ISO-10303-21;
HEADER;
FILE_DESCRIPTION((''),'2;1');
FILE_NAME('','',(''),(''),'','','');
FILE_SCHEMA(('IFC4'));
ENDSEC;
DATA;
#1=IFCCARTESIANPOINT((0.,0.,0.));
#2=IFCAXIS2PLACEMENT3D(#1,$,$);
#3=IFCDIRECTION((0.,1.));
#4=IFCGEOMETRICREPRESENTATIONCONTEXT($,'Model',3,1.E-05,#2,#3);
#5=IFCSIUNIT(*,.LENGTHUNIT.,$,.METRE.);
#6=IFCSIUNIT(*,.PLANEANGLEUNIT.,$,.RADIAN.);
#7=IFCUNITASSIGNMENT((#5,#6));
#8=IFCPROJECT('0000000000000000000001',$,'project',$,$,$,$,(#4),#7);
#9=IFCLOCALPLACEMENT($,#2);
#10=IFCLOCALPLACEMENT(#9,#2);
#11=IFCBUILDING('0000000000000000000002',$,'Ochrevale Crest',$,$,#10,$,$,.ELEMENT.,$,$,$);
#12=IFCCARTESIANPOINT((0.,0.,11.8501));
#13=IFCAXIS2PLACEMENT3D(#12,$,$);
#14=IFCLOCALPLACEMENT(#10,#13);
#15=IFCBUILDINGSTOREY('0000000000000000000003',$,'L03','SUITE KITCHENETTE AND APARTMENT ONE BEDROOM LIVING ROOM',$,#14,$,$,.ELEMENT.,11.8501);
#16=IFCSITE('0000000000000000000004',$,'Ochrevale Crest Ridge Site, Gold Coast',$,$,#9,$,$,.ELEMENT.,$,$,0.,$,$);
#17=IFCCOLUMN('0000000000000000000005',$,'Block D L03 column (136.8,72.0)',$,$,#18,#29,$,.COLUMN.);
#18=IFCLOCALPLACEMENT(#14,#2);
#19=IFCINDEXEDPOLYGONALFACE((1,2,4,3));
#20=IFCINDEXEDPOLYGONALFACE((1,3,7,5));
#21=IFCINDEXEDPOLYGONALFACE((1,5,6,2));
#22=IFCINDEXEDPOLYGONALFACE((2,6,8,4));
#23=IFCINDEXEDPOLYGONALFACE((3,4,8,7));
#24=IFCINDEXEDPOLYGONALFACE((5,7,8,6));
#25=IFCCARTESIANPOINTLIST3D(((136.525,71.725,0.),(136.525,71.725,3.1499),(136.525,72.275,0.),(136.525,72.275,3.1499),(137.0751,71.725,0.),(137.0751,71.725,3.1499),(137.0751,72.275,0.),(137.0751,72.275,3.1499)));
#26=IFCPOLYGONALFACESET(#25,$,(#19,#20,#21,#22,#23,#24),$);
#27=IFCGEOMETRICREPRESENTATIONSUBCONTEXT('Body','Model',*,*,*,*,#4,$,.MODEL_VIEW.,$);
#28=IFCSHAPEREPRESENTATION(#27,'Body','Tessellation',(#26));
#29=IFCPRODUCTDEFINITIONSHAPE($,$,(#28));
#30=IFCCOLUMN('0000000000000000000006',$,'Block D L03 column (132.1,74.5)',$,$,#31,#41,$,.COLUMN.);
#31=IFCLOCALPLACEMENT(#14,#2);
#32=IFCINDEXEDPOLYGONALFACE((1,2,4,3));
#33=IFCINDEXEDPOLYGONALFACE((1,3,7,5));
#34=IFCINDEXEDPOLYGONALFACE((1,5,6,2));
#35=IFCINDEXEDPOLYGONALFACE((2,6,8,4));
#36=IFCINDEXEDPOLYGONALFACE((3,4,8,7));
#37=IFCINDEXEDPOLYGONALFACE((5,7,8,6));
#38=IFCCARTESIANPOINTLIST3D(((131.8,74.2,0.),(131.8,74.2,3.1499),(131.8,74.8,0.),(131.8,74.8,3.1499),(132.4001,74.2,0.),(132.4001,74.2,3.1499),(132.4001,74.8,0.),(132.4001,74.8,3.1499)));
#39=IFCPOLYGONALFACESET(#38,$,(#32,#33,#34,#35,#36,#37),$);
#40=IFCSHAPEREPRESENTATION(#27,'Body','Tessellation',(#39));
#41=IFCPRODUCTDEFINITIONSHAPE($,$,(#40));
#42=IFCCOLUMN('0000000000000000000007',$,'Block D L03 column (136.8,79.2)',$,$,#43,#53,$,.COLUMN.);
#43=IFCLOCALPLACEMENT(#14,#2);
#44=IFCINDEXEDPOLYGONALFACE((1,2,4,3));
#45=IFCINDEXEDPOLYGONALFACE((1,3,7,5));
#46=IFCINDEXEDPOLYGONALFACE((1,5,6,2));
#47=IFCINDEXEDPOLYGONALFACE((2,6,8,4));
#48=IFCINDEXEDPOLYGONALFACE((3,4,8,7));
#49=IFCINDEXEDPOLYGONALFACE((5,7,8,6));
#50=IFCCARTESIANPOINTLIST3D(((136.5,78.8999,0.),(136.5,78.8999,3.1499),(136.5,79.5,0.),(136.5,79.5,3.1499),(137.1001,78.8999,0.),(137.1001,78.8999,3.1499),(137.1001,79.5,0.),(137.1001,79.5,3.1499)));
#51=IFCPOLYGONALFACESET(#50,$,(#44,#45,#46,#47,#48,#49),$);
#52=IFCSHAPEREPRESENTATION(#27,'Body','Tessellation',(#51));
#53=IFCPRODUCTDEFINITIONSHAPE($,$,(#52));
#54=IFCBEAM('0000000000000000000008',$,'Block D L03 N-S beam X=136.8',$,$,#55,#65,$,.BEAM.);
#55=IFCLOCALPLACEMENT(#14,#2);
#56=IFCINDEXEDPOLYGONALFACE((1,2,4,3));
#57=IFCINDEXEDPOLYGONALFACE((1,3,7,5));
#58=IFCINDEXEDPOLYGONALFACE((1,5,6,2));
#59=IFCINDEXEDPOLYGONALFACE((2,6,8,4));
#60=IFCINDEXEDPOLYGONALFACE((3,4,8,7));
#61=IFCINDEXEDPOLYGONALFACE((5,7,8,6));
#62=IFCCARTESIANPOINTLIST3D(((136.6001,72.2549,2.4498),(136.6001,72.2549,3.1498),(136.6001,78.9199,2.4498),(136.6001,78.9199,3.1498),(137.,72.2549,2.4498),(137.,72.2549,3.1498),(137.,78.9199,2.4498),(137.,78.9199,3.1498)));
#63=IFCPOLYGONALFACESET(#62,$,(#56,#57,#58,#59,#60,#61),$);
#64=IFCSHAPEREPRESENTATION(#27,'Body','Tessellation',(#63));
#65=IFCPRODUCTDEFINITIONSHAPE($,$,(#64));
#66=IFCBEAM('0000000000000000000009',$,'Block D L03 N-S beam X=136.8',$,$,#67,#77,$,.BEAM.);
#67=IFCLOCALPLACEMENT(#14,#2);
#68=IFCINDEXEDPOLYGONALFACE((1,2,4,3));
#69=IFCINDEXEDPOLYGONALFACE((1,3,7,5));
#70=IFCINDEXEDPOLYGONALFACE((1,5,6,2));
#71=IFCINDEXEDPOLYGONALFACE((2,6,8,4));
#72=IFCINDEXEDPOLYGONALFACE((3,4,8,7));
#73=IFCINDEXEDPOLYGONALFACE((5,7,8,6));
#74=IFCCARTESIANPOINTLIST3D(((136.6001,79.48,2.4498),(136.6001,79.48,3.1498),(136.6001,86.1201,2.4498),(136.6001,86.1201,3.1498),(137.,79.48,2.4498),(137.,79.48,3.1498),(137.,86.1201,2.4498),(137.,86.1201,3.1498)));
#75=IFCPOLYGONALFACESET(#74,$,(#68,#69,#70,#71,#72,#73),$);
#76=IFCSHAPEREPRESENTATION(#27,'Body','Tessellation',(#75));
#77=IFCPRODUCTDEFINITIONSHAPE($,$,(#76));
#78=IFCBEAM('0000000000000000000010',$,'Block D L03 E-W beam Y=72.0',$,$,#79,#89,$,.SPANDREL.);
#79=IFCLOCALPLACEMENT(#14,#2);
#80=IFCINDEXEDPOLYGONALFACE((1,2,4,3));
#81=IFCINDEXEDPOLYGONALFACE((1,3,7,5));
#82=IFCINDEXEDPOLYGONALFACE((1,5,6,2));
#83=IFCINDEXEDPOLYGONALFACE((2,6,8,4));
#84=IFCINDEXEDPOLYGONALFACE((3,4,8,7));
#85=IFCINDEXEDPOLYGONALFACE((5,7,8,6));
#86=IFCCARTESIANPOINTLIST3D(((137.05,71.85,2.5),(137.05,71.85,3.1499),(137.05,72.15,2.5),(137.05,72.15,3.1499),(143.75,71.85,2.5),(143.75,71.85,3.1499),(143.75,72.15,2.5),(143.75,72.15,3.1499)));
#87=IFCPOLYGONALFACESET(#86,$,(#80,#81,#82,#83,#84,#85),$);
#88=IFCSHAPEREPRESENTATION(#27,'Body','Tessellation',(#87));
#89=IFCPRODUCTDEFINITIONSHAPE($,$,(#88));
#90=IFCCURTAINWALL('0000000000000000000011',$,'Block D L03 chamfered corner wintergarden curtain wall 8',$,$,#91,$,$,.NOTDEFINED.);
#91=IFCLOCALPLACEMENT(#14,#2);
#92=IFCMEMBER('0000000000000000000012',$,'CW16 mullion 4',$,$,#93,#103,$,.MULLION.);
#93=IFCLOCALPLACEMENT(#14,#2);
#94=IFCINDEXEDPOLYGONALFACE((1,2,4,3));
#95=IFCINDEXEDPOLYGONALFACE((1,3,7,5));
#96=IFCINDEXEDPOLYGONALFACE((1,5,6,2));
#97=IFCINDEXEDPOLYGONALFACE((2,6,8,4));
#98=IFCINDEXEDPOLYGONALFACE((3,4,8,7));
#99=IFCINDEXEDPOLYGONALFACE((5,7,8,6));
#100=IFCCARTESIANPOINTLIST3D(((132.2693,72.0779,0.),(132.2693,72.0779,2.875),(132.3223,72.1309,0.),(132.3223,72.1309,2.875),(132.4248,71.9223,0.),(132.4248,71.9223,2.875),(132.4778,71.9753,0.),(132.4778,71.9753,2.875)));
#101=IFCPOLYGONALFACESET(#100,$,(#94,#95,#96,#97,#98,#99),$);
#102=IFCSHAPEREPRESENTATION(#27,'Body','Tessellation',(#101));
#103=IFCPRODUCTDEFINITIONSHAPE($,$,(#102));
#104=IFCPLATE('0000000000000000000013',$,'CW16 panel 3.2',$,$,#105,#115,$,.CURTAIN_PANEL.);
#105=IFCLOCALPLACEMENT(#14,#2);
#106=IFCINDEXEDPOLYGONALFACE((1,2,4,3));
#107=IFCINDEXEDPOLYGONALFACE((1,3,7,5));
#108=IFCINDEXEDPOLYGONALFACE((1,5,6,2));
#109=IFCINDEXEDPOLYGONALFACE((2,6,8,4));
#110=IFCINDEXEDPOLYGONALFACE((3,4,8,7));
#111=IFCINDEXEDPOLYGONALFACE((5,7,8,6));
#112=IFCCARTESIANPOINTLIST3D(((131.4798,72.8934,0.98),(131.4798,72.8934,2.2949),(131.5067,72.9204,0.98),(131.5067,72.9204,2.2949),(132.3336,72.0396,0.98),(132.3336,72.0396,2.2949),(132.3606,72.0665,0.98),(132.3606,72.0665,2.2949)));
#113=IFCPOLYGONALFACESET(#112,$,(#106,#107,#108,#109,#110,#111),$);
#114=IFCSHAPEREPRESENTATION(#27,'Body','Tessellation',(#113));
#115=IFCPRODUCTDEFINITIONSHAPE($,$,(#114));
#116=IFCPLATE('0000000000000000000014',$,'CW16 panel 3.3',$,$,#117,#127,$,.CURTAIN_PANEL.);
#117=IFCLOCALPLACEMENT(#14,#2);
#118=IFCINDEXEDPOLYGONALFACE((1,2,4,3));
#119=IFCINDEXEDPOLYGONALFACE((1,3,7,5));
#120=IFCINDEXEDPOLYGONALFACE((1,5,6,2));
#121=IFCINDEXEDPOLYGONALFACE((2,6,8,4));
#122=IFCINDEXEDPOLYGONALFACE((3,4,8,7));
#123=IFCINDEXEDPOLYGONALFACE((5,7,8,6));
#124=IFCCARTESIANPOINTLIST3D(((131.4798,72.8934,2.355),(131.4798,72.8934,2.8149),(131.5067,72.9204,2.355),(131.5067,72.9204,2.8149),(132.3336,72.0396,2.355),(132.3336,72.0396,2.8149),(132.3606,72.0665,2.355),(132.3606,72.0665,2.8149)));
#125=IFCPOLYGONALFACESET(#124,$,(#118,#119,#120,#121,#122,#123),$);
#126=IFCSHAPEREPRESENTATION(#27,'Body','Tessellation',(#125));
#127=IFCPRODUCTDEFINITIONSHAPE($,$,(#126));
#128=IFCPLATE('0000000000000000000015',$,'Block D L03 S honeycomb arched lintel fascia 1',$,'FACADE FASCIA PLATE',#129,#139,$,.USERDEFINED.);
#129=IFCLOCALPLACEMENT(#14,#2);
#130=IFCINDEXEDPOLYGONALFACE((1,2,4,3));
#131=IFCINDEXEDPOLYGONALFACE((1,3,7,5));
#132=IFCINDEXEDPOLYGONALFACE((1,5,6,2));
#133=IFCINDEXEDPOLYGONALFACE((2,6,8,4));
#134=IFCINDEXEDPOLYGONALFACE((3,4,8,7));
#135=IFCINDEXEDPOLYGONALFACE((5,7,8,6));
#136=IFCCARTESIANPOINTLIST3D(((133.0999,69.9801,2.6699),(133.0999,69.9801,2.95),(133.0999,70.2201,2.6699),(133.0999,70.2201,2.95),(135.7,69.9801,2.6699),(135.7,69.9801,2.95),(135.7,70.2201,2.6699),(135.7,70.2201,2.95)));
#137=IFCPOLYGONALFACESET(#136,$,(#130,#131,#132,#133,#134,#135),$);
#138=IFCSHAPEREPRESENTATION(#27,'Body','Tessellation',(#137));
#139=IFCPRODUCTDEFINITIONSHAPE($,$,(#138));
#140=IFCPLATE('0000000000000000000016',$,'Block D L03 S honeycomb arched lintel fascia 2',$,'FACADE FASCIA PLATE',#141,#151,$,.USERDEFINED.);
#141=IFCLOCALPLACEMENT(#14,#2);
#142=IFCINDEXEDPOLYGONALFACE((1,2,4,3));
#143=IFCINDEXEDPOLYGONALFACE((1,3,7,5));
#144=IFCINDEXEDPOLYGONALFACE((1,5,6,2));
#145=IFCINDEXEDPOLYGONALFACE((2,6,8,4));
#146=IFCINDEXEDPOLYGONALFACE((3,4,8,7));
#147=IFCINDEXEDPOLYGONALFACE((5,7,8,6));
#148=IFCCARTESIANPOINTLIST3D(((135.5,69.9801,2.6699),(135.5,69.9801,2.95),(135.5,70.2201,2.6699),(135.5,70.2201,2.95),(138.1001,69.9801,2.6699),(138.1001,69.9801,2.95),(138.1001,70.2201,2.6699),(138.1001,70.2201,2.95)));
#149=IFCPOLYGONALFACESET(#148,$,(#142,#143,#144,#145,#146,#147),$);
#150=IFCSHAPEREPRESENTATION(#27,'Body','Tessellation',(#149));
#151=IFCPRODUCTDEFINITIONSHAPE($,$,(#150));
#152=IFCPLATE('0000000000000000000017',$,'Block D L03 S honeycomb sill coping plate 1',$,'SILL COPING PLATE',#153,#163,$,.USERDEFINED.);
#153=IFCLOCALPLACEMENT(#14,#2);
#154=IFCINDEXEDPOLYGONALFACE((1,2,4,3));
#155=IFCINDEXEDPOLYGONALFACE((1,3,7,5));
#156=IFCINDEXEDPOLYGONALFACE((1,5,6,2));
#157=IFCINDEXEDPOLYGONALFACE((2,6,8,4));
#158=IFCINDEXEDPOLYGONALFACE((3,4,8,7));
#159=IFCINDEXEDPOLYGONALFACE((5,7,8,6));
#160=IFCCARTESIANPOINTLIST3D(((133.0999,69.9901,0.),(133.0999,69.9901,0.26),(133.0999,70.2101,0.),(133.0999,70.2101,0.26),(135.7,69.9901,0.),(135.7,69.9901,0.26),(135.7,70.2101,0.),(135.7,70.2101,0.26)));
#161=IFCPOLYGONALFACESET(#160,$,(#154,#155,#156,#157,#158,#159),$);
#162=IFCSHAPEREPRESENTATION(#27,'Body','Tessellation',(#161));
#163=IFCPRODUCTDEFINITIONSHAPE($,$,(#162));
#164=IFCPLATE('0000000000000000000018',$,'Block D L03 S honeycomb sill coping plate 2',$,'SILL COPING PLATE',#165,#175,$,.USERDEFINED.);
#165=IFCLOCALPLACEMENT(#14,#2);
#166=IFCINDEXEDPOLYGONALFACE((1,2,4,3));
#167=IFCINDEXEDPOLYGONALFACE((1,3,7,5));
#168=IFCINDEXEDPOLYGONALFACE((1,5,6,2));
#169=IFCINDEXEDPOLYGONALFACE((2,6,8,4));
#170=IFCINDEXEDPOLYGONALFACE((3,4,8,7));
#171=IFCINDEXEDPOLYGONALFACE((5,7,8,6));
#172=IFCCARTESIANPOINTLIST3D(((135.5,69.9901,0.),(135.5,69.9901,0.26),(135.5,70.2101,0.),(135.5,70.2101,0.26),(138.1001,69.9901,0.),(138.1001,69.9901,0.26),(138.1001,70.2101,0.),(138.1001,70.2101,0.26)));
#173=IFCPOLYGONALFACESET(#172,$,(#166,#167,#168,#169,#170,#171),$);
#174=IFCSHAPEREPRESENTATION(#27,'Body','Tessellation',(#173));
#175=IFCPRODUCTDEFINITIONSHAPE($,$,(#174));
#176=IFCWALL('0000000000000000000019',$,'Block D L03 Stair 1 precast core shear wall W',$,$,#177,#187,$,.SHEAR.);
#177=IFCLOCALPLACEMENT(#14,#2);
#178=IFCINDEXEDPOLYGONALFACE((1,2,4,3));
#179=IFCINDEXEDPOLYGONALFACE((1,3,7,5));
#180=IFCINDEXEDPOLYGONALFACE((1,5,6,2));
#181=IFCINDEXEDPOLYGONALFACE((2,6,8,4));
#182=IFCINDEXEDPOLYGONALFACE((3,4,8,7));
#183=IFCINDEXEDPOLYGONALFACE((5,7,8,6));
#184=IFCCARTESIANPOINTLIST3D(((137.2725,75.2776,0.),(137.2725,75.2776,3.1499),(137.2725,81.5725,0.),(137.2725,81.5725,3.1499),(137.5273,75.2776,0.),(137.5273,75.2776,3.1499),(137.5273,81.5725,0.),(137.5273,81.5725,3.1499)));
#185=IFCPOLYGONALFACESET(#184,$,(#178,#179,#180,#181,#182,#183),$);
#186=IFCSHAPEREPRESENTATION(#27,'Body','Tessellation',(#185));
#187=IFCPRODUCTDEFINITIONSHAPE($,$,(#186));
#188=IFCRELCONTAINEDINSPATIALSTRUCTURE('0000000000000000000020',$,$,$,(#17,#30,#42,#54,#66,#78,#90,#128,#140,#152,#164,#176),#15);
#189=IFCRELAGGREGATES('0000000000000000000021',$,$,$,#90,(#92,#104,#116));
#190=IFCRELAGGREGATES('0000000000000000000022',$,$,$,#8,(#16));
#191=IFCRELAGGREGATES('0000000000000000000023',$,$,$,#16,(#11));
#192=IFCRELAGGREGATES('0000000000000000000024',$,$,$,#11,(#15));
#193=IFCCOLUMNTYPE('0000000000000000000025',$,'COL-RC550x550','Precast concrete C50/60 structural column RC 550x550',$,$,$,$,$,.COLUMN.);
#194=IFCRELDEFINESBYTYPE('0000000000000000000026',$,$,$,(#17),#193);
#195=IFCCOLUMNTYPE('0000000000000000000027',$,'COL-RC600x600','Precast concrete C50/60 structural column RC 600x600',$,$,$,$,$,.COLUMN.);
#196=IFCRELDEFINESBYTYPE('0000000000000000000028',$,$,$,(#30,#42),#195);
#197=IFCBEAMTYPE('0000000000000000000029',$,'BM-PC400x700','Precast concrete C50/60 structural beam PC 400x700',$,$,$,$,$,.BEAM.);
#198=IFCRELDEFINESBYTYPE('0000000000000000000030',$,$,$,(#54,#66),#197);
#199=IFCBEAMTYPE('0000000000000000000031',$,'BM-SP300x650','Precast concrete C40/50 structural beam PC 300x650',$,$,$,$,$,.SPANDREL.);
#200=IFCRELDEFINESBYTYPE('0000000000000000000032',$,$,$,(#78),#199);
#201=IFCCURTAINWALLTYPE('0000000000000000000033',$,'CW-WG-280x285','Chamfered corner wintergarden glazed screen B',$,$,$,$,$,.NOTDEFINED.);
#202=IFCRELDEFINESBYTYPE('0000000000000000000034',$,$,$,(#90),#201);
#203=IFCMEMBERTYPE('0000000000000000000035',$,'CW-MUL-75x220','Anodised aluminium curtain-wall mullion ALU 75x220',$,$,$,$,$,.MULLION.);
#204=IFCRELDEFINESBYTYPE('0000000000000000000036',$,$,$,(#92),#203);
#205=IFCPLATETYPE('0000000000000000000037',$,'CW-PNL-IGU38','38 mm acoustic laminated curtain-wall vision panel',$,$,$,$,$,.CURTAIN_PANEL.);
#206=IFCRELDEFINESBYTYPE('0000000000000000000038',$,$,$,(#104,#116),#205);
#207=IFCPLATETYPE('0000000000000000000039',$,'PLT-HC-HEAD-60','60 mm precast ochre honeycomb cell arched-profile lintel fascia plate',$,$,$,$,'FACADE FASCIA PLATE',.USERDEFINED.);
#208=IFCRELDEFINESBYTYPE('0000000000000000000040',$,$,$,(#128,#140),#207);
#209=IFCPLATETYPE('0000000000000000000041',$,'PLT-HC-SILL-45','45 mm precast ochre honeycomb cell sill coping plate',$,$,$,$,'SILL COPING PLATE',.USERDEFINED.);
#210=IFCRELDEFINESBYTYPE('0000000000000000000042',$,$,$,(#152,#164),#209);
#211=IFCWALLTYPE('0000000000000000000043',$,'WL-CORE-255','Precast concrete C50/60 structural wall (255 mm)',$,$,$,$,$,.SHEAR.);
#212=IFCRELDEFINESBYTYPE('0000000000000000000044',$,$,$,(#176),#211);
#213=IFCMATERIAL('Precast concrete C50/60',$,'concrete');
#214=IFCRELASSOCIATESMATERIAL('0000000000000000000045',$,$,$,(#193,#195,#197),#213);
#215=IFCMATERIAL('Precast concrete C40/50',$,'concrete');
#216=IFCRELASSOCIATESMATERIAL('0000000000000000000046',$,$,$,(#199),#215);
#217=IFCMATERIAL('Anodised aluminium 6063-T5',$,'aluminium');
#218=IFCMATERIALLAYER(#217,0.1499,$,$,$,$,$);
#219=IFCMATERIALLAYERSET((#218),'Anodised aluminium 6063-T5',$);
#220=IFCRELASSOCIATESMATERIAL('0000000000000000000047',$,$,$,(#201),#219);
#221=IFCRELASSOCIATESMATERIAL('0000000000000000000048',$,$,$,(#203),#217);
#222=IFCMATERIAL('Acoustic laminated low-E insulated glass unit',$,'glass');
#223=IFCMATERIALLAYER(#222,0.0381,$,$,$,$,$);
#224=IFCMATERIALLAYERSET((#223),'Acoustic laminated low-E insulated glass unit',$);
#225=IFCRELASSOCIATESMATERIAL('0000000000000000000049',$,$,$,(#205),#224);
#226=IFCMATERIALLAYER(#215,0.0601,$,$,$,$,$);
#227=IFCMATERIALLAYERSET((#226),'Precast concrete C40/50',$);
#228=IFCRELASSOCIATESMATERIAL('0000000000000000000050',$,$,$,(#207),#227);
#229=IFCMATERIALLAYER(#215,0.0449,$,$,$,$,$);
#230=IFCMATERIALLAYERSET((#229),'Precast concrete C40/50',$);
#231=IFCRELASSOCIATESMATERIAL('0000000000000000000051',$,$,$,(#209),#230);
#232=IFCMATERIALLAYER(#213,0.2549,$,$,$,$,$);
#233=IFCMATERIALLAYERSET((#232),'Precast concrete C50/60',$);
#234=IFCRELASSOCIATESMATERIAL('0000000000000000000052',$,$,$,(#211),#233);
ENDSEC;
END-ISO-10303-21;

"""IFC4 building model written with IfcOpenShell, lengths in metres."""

from ifc_helpers import new_model, si_unit, direction, frame, frame_2d, origin, origin_2d, place, context, subcontext, project, spatial, rectangle, extrude, material, layer, layer_set, material_profile, profile_set, type_object, element, aggregate, save


model = new_model("IFC4")

# Units and contexts
model_context = context("Model", 3, precision=1e-05, world=origin(), true_north=direction((0.0, 1.0)))
body_context = subcontext(model_context, "Body", "Model", "MODEL_VIEW")
ifc_project = project(units=[si_unit("LENGTHUNIT", "METRE"), si_unit("PLANEANGLEUNIT", "RADIAN")], contexts=[model_context])

# Site, building, storey
site_placement = place(None, origin())
site = spatial("IfcSite", under=ifc_project, at=site_placement, Name="Ochrevale Crest Ridge Site, Gold Coast", CompositionType="ELEMENT", RefElevation=0.0)
building_placement = place(site_placement, origin())
building = spatial("IfcBuilding", under=site, at=building_placement, Name="Ochrevale Crest", CompositionType="ELEMENT")
storey_placement = place(building_placement, frame((0.0, 0.0, 11.8501)))
storey = spatial("IfcBuildingStorey", under=building, at=storey_placement, Name="L03", Description="SUITE KITCHENETTE AND APARTMENT ONE BEDROOM LIVING ROOM", CompositionType="ELEMENT", Elevation=11.8501)

# Columns
ifc_material_1 = material(Name="Precast concrete C50/60", Category="concrete")
ifc_material_profile_1 = material_profile(ifc_material_1, rectangle(XDim=0.55, YDim=0.55, at=origin_2d()), Name="RC 550x550")
ifc_profile_set_1 = profile_set([ifc_material_profile_1], Name="Precast concrete C50/60")
column_type_1 = type_object("IfcColumnType", Name="COL-RC550x550", Description="Precast concrete C50/60 structural column RC 550x550", PredefinedType="COLUMN", material=ifc_profile_set_1)
column_placement = place(storey_placement, frame((136.8, 72.0, 0.0), z_axis=(0.0, 0.0, 1.0), x_axis=(1.0, 0.0, 0.0)))
element("IfcColumn", 1, at=column_placement, inside=storey, type_object=column_type_1, Name="Block D L03 column (136.8,72.0)", PredefinedType="COLUMN", context=body_context, shape_type="SweptSolid", body=[
    extrude(rectangle(XDim=0.55, YDim=0.55, at=origin_2d()), origin(), (0.0, 0.0, 1.0), 3.1499),
])
ifc_material_profile_2 = material_profile(ifc_material_1, rectangle(XDim=0.6001, YDim=0.6001, at=origin_2d()), Name="RC 600x600")
ifc_profile_set_2 = profile_set([ifc_material_profile_2], Name="Precast concrete C50/60")
column_type_2 = type_object("IfcColumnType", Name="COL-RC600x600", Description="Precast concrete C50/60 structural column RC 600x600", PredefinedType="COLUMN", material=ifc_profile_set_2)
for number, where, z_axis, x_axis, name in (
    (2, (132.1001, 74.5, 0.0), (0.0, 0.0, 1.0), (1.0, 0.0, 0.0), "Block D L03 column (132.1,74.5)"),
    (3, (136.8, 79.2, 0.0), (0.0, 0.0, 1.0), (1.0, 0.0, 0.0), "Block D L03 column (136.8,79.2)"),
):
    element("IfcColumn", number, at=place(storey_placement, frame(where, z_axis=z_axis, x_axis=x_axis)), inside=storey, type_object=column_type_2, Name=name, PredefinedType="COLUMN", context=body_context, shape_type="SweptSolid", body=[
        extrude(rectangle(XDim=0.6001, YDim=0.6001, at=origin_2d()), origin(), (0.0, 0.0, 1.0), 3.1499),
    ])

# Beams
ifc_material_profile_3 = material_profile(ifc_material_1, rectangle(XDim=0.3999, YDim=0.7, at=origin_2d()), Name="PC 400x700")
ifc_profile_set_3 = profile_set([ifc_material_profile_3], Name="Precast concrete C50/60")
beam_type_1 = type_object("IfcBeamType", Name="BM-PC400x700", Description="Precast concrete C50/60 structural beam PC 400x700", PredefinedType="BEAM", material=ifc_profile_set_3)
beam_1_placement = place(storey_placement, frame((136.8, 72.2549, 2.7998), z_axis=(0.0, 1.0, 0.0), x_axis=(-1.0, 0.0, 0.0)))
element("IfcBeam", 4, at=beam_1_placement, inside=storey, type_object=beam_type_1, Name="Block D L03 N-S beam X=136.8", PredefinedType="BEAM", context=body_context, shape_type="SweptSolid", body=[
    extrude(rectangle(XDim=0.3999, YDim=0.7, at=origin_2d()), origin(), (0.0, 0.0, 1.0), 6.665),
])
beam_2_placement = place(storey_placement, frame((136.8, 79.48, 2.7998), z_axis=(0.0, 1.0, 0.0), x_axis=(-1.0, 0.0, 0.0)))
element("IfcBeam", 5, at=beam_2_placement, inside=storey, type_object=beam_type_1, Name="Block D L03 N-S beam X=136.8", PredefinedType="BEAM", context=body_context, shape_type="SweptSolid", body=[
    extrude(rectangle(XDim=0.3999, YDim=0.7, at=origin_2d()), origin(), (0.0, 0.0, 1.0), 6.6401),
])
ifc_material_2 = material(Name="Precast concrete C40/50", Category="concrete")
ifc_material_profile_4 = material_profile(ifc_material_2, rectangle(XDim=0.3, YDim=0.6499, at=origin_2d()), Name="PC 300x650")
ifc_profile_set_4 = profile_set([ifc_material_profile_4], Name="Precast concrete C40/50")
beam_type_2 = type_object("IfcBeamType", Name="BM-SP300x650", Description="Precast concrete C40/50 structural beam PC 300x650", PredefinedType="SPANDREL", material=ifc_profile_set_4)
beam_3_placement = place(storey_placement, frame((137.05, 72.0, 2.825), z_axis=(1.0, 0.0, 0.0), x_axis=(0.0, 1.0, 0.0)))
element("IfcBeam", 6, at=beam_3_placement, inside=storey, type_object=beam_type_2, Name="Block D L03 E-W beam Y=72.0", PredefinedType="SPANDREL", context=body_context, shape_type="SweptSolid", body=[
    extrude(rectangle(XDim=0.3, YDim=0.6499, at=origin_2d()), origin(), (0.0, 0.0, 1.0), 6.7),
])

# Curtain wall, member, plates
ifc_material_3 = material(Name="Anodised aluminium 6063-T5", Category="aluminium")
ifc_layer_1 = layer(ifc_material_3, 0.1499)
ifc_layer_set_1 = layer_set([ifc_layer_1], Name="Anodised aluminium 6063-T5")
curtain_wall_type = type_object("IfcCurtainWallType", Name="CW-WG-280x285", Description="Chamfered corner wintergarden glazed screen B", PredefinedType="NOTDEFINED", material=ifc_layer_set_1)
curtain_wall_placement = place(storey_placement, origin())
curtain_wall = element("IfcCurtainWall", 7, at=curtain_wall_placement, inside=storey, type_object=curtain_wall_type, Name="Block D L03 chamfered corner wintergarden curtain wall 8", PredefinedType="NOTDEFINED")
ifc_material_profile_5 = material_profile(ifc_material_3, rectangle(XDim=0.075, YDim=0.22, at=origin_2d()), Name="ALU 75x220")
ifc_profile_set_5 = profile_set([ifc_material_profile_5], Name="Anodised aluminium 6063-T5")
member_type = type_object("IfcMemberType", Name="CW-MUL-75x220", Description="Anodised aluminium curtain-wall mullion ALU 75x220", PredefinedType="MULLION", material=ifc_profile_set_5)
member_placement = place(storey_placement, frame((132.3735, 72.0266, 0.0), z_axis=(0.0, 0.0, 1.0), x_axis=(0.707107, 0.707107, 0.0)))
member = element("IfcMember", 8, at=member_placement, type_object=member_type, Name="CW16 mullion 4", PredefinedType="MULLION", context=body_context, shape_type="SweptSolid", body=[
    extrude(rectangle(XDim=0.075, YDim=0.22, at=origin_2d()), origin(), (0.0, 0.0, 1.0), 2.875),
])
ifc_material_4 = material(Name="Acoustic laminated low-E insulated glass unit", Category="glass")
ifc_layer_2 = layer(ifc_material_4, 0.0381)
ifc_layer_set_2 = layer_set([ifc_layer_2], Name="Acoustic laminated low-E insulated glass unit")
plate_type_1 = type_object("IfcPlateType", Name="CW-PNL-IGU38", Description="38 mm acoustic laminated curtain-wall vision panel", PredefinedType="CURTAIN_PANEL", material=ifc_layer_set_2)
plate_1_placement = place(storey_placement, frame((131.9202, 72.48, 0.98), z_axis=(0.0, 0.0, 1.0), x_axis=(0.707107, -0.707107, 0.0)))
plate_1 = element("IfcPlate", 9, at=plate_1_placement, type_object=plate_type_1, Name="CW16 panel 3.2", PredefinedType="CURTAIN_PANEL", context=body_context, shape_type="SweptSolid", body=[
    extrude(rectangle(XDim=1.2075, YDim=0.0381, at=origin_2d()), origin(), (0.0, 0.0, 1.0), 1.3149),
])
plate_2_placement = place(storey_placement, frame((131.9202, 72.48, 2.355), z_axis=(0.0, 0.0, 1.0), x_axis=(0.707107, -0.707107, 0.0)))
plate_2 = element("IfcPlate", 10, at=plate_2_placement, type_object=plate_type_1, Name="CW16 panel 3.3", PredefinedType="CURTAIN_PANEL", context=body_context, shape_type="SweptSolid", body=[
    extrude(rectangle(XDim=1.2075, YDim=0.0381, at=origin_2d()), origin(), (0.0, 0.0, 1.0), 0.46),
])
aggregate(curtain_wall, [member, plate_1, plate_2])

# Plates
ifc_layer_3 = layer(ifc_material_2, 0.0601)
ifc_layer_set_3 = layer_set([ifc_layer_3], Name="Precast concrete C40/50")
plate_type_2 = type_object("IfcPlateType", Name="PLT-HC-HEAD-60", Description="60 mm precast ochre honeycomb cell arched-profile lintel fascia plate", ElementType="FACADE FASCIA PLATE", PredefinedType="USERDEFINED", material=ifc_layer_set_3)
for number, where, z_axis, x_axis, name in (
    (11, (134.3999, 70.1001, 2.6699), (0.0, 0.0, 1.0), (1.0, 0.0, 0.0), "Block D L03 S honeycomb arched lintel fascia 1"),
    (12, (136.8, 70.1001, 2.6699), (0.0, 0.0, 1.0), (1.0, 0.0, 0.0), "Block D L03 S honeycomb arched lintel fascia 2"),
):
    element("IfcPlate", number, at=place(storey_placement, frame(where, z_axis=z_axis, x_axis=x_axis)), inside=storey, type_object=plate_type_2, Name=name, ObjectType="FACADE FASCIA PLATE", PredefinedType="USERDEFINED", context=body_context, shape_type="SweptSolid", body=[
        extrude(rectangle(XDim=2.6001, YDim=0.24, at=origin_2d()), origin(), (0.0, 0.0, 1.0), 0.28),
    ])
ifc_layer_4 = layer(ifc_material_2, 0.0449)
ifc_layer_set_4 = layer_set([ifc_layer_4], Name="Precast concrete C40/50")
plate_type_3 = type_object("IfcPlateType", Name="PLT-HC-SILL-45", Description="45 mm precast ochre honeycomb cell sill coping plate", ElementType="SILL COPING PLATE", PredefinedType="USERDEFINED", material=ifc_layer_set_4)
for number, where, z_axis, x_axis, name in (
    (13, (134.3999, 70.1001, 0.0), (0.0, 0.0, 1.0), (1.0, 0.0, 0.0), "Block D L03 S honeycomb sill coping plate 1"),
    (14, (136.8, 70.1001, 0.0), (0.0, 0.0, 1.0), (1.0, 0.0, 0.0), "Block D L03 S honeycomb sill coping plate 2"),
):
    element("IfcPlate", number, at=place(storey_placement, frame(where, z_axis=z_axis, x_axis=x_axis)), inside=storey, type_object=plate_type_3, Name=name, ObjectType="SILL COPING PLATE", PredefinedType="USERDEFINED", context=body_context, shape_type="SweptSolid", body=[
        extrude(rectangle(XDim=2.6001, YDim=0.22, at=origin_2d()), origin(), (0.0, 0.0, 1.0), 0.26),
    ])

# Wall
ifc_layer_5 = layer(ifc_material_1, 0.2549)
ifc_layer_set_5 = layer_set([ifc_layer_5], Name="Precast concrete C50/60")
wall_type_1 = type_object("IfcWallType", Name="WL-CORE-255", Description="Precast concrete C50/60 structural wall (255 mm)", PredefinedType="SHEAR", material=ifc_layer_set_5)
wall_1_placement = place(storey_placement, frame((137.3999, 75.2776, 0.0), z_axis=(0.0, 0.0, 1.0), x_axis=(0.0, 1.0, 0.0)))
element("IfcWall", 15, at=wall_1_placement, inside=storey, type_object=wall_type_1, Name="Block D L03 Stair 1 precast core shear wall W", PredefinedType="SHEAR", context=body_context, shape_type="SweptSolid", body=[
    extrude(rectangle(XDim=6.2949, YDim=0.2549, at=frame_2d((3.1475, 0.0))), origin(), (0.0, 0.0, 1.0), 3.1499),
])

save(model, "model.ifc")
